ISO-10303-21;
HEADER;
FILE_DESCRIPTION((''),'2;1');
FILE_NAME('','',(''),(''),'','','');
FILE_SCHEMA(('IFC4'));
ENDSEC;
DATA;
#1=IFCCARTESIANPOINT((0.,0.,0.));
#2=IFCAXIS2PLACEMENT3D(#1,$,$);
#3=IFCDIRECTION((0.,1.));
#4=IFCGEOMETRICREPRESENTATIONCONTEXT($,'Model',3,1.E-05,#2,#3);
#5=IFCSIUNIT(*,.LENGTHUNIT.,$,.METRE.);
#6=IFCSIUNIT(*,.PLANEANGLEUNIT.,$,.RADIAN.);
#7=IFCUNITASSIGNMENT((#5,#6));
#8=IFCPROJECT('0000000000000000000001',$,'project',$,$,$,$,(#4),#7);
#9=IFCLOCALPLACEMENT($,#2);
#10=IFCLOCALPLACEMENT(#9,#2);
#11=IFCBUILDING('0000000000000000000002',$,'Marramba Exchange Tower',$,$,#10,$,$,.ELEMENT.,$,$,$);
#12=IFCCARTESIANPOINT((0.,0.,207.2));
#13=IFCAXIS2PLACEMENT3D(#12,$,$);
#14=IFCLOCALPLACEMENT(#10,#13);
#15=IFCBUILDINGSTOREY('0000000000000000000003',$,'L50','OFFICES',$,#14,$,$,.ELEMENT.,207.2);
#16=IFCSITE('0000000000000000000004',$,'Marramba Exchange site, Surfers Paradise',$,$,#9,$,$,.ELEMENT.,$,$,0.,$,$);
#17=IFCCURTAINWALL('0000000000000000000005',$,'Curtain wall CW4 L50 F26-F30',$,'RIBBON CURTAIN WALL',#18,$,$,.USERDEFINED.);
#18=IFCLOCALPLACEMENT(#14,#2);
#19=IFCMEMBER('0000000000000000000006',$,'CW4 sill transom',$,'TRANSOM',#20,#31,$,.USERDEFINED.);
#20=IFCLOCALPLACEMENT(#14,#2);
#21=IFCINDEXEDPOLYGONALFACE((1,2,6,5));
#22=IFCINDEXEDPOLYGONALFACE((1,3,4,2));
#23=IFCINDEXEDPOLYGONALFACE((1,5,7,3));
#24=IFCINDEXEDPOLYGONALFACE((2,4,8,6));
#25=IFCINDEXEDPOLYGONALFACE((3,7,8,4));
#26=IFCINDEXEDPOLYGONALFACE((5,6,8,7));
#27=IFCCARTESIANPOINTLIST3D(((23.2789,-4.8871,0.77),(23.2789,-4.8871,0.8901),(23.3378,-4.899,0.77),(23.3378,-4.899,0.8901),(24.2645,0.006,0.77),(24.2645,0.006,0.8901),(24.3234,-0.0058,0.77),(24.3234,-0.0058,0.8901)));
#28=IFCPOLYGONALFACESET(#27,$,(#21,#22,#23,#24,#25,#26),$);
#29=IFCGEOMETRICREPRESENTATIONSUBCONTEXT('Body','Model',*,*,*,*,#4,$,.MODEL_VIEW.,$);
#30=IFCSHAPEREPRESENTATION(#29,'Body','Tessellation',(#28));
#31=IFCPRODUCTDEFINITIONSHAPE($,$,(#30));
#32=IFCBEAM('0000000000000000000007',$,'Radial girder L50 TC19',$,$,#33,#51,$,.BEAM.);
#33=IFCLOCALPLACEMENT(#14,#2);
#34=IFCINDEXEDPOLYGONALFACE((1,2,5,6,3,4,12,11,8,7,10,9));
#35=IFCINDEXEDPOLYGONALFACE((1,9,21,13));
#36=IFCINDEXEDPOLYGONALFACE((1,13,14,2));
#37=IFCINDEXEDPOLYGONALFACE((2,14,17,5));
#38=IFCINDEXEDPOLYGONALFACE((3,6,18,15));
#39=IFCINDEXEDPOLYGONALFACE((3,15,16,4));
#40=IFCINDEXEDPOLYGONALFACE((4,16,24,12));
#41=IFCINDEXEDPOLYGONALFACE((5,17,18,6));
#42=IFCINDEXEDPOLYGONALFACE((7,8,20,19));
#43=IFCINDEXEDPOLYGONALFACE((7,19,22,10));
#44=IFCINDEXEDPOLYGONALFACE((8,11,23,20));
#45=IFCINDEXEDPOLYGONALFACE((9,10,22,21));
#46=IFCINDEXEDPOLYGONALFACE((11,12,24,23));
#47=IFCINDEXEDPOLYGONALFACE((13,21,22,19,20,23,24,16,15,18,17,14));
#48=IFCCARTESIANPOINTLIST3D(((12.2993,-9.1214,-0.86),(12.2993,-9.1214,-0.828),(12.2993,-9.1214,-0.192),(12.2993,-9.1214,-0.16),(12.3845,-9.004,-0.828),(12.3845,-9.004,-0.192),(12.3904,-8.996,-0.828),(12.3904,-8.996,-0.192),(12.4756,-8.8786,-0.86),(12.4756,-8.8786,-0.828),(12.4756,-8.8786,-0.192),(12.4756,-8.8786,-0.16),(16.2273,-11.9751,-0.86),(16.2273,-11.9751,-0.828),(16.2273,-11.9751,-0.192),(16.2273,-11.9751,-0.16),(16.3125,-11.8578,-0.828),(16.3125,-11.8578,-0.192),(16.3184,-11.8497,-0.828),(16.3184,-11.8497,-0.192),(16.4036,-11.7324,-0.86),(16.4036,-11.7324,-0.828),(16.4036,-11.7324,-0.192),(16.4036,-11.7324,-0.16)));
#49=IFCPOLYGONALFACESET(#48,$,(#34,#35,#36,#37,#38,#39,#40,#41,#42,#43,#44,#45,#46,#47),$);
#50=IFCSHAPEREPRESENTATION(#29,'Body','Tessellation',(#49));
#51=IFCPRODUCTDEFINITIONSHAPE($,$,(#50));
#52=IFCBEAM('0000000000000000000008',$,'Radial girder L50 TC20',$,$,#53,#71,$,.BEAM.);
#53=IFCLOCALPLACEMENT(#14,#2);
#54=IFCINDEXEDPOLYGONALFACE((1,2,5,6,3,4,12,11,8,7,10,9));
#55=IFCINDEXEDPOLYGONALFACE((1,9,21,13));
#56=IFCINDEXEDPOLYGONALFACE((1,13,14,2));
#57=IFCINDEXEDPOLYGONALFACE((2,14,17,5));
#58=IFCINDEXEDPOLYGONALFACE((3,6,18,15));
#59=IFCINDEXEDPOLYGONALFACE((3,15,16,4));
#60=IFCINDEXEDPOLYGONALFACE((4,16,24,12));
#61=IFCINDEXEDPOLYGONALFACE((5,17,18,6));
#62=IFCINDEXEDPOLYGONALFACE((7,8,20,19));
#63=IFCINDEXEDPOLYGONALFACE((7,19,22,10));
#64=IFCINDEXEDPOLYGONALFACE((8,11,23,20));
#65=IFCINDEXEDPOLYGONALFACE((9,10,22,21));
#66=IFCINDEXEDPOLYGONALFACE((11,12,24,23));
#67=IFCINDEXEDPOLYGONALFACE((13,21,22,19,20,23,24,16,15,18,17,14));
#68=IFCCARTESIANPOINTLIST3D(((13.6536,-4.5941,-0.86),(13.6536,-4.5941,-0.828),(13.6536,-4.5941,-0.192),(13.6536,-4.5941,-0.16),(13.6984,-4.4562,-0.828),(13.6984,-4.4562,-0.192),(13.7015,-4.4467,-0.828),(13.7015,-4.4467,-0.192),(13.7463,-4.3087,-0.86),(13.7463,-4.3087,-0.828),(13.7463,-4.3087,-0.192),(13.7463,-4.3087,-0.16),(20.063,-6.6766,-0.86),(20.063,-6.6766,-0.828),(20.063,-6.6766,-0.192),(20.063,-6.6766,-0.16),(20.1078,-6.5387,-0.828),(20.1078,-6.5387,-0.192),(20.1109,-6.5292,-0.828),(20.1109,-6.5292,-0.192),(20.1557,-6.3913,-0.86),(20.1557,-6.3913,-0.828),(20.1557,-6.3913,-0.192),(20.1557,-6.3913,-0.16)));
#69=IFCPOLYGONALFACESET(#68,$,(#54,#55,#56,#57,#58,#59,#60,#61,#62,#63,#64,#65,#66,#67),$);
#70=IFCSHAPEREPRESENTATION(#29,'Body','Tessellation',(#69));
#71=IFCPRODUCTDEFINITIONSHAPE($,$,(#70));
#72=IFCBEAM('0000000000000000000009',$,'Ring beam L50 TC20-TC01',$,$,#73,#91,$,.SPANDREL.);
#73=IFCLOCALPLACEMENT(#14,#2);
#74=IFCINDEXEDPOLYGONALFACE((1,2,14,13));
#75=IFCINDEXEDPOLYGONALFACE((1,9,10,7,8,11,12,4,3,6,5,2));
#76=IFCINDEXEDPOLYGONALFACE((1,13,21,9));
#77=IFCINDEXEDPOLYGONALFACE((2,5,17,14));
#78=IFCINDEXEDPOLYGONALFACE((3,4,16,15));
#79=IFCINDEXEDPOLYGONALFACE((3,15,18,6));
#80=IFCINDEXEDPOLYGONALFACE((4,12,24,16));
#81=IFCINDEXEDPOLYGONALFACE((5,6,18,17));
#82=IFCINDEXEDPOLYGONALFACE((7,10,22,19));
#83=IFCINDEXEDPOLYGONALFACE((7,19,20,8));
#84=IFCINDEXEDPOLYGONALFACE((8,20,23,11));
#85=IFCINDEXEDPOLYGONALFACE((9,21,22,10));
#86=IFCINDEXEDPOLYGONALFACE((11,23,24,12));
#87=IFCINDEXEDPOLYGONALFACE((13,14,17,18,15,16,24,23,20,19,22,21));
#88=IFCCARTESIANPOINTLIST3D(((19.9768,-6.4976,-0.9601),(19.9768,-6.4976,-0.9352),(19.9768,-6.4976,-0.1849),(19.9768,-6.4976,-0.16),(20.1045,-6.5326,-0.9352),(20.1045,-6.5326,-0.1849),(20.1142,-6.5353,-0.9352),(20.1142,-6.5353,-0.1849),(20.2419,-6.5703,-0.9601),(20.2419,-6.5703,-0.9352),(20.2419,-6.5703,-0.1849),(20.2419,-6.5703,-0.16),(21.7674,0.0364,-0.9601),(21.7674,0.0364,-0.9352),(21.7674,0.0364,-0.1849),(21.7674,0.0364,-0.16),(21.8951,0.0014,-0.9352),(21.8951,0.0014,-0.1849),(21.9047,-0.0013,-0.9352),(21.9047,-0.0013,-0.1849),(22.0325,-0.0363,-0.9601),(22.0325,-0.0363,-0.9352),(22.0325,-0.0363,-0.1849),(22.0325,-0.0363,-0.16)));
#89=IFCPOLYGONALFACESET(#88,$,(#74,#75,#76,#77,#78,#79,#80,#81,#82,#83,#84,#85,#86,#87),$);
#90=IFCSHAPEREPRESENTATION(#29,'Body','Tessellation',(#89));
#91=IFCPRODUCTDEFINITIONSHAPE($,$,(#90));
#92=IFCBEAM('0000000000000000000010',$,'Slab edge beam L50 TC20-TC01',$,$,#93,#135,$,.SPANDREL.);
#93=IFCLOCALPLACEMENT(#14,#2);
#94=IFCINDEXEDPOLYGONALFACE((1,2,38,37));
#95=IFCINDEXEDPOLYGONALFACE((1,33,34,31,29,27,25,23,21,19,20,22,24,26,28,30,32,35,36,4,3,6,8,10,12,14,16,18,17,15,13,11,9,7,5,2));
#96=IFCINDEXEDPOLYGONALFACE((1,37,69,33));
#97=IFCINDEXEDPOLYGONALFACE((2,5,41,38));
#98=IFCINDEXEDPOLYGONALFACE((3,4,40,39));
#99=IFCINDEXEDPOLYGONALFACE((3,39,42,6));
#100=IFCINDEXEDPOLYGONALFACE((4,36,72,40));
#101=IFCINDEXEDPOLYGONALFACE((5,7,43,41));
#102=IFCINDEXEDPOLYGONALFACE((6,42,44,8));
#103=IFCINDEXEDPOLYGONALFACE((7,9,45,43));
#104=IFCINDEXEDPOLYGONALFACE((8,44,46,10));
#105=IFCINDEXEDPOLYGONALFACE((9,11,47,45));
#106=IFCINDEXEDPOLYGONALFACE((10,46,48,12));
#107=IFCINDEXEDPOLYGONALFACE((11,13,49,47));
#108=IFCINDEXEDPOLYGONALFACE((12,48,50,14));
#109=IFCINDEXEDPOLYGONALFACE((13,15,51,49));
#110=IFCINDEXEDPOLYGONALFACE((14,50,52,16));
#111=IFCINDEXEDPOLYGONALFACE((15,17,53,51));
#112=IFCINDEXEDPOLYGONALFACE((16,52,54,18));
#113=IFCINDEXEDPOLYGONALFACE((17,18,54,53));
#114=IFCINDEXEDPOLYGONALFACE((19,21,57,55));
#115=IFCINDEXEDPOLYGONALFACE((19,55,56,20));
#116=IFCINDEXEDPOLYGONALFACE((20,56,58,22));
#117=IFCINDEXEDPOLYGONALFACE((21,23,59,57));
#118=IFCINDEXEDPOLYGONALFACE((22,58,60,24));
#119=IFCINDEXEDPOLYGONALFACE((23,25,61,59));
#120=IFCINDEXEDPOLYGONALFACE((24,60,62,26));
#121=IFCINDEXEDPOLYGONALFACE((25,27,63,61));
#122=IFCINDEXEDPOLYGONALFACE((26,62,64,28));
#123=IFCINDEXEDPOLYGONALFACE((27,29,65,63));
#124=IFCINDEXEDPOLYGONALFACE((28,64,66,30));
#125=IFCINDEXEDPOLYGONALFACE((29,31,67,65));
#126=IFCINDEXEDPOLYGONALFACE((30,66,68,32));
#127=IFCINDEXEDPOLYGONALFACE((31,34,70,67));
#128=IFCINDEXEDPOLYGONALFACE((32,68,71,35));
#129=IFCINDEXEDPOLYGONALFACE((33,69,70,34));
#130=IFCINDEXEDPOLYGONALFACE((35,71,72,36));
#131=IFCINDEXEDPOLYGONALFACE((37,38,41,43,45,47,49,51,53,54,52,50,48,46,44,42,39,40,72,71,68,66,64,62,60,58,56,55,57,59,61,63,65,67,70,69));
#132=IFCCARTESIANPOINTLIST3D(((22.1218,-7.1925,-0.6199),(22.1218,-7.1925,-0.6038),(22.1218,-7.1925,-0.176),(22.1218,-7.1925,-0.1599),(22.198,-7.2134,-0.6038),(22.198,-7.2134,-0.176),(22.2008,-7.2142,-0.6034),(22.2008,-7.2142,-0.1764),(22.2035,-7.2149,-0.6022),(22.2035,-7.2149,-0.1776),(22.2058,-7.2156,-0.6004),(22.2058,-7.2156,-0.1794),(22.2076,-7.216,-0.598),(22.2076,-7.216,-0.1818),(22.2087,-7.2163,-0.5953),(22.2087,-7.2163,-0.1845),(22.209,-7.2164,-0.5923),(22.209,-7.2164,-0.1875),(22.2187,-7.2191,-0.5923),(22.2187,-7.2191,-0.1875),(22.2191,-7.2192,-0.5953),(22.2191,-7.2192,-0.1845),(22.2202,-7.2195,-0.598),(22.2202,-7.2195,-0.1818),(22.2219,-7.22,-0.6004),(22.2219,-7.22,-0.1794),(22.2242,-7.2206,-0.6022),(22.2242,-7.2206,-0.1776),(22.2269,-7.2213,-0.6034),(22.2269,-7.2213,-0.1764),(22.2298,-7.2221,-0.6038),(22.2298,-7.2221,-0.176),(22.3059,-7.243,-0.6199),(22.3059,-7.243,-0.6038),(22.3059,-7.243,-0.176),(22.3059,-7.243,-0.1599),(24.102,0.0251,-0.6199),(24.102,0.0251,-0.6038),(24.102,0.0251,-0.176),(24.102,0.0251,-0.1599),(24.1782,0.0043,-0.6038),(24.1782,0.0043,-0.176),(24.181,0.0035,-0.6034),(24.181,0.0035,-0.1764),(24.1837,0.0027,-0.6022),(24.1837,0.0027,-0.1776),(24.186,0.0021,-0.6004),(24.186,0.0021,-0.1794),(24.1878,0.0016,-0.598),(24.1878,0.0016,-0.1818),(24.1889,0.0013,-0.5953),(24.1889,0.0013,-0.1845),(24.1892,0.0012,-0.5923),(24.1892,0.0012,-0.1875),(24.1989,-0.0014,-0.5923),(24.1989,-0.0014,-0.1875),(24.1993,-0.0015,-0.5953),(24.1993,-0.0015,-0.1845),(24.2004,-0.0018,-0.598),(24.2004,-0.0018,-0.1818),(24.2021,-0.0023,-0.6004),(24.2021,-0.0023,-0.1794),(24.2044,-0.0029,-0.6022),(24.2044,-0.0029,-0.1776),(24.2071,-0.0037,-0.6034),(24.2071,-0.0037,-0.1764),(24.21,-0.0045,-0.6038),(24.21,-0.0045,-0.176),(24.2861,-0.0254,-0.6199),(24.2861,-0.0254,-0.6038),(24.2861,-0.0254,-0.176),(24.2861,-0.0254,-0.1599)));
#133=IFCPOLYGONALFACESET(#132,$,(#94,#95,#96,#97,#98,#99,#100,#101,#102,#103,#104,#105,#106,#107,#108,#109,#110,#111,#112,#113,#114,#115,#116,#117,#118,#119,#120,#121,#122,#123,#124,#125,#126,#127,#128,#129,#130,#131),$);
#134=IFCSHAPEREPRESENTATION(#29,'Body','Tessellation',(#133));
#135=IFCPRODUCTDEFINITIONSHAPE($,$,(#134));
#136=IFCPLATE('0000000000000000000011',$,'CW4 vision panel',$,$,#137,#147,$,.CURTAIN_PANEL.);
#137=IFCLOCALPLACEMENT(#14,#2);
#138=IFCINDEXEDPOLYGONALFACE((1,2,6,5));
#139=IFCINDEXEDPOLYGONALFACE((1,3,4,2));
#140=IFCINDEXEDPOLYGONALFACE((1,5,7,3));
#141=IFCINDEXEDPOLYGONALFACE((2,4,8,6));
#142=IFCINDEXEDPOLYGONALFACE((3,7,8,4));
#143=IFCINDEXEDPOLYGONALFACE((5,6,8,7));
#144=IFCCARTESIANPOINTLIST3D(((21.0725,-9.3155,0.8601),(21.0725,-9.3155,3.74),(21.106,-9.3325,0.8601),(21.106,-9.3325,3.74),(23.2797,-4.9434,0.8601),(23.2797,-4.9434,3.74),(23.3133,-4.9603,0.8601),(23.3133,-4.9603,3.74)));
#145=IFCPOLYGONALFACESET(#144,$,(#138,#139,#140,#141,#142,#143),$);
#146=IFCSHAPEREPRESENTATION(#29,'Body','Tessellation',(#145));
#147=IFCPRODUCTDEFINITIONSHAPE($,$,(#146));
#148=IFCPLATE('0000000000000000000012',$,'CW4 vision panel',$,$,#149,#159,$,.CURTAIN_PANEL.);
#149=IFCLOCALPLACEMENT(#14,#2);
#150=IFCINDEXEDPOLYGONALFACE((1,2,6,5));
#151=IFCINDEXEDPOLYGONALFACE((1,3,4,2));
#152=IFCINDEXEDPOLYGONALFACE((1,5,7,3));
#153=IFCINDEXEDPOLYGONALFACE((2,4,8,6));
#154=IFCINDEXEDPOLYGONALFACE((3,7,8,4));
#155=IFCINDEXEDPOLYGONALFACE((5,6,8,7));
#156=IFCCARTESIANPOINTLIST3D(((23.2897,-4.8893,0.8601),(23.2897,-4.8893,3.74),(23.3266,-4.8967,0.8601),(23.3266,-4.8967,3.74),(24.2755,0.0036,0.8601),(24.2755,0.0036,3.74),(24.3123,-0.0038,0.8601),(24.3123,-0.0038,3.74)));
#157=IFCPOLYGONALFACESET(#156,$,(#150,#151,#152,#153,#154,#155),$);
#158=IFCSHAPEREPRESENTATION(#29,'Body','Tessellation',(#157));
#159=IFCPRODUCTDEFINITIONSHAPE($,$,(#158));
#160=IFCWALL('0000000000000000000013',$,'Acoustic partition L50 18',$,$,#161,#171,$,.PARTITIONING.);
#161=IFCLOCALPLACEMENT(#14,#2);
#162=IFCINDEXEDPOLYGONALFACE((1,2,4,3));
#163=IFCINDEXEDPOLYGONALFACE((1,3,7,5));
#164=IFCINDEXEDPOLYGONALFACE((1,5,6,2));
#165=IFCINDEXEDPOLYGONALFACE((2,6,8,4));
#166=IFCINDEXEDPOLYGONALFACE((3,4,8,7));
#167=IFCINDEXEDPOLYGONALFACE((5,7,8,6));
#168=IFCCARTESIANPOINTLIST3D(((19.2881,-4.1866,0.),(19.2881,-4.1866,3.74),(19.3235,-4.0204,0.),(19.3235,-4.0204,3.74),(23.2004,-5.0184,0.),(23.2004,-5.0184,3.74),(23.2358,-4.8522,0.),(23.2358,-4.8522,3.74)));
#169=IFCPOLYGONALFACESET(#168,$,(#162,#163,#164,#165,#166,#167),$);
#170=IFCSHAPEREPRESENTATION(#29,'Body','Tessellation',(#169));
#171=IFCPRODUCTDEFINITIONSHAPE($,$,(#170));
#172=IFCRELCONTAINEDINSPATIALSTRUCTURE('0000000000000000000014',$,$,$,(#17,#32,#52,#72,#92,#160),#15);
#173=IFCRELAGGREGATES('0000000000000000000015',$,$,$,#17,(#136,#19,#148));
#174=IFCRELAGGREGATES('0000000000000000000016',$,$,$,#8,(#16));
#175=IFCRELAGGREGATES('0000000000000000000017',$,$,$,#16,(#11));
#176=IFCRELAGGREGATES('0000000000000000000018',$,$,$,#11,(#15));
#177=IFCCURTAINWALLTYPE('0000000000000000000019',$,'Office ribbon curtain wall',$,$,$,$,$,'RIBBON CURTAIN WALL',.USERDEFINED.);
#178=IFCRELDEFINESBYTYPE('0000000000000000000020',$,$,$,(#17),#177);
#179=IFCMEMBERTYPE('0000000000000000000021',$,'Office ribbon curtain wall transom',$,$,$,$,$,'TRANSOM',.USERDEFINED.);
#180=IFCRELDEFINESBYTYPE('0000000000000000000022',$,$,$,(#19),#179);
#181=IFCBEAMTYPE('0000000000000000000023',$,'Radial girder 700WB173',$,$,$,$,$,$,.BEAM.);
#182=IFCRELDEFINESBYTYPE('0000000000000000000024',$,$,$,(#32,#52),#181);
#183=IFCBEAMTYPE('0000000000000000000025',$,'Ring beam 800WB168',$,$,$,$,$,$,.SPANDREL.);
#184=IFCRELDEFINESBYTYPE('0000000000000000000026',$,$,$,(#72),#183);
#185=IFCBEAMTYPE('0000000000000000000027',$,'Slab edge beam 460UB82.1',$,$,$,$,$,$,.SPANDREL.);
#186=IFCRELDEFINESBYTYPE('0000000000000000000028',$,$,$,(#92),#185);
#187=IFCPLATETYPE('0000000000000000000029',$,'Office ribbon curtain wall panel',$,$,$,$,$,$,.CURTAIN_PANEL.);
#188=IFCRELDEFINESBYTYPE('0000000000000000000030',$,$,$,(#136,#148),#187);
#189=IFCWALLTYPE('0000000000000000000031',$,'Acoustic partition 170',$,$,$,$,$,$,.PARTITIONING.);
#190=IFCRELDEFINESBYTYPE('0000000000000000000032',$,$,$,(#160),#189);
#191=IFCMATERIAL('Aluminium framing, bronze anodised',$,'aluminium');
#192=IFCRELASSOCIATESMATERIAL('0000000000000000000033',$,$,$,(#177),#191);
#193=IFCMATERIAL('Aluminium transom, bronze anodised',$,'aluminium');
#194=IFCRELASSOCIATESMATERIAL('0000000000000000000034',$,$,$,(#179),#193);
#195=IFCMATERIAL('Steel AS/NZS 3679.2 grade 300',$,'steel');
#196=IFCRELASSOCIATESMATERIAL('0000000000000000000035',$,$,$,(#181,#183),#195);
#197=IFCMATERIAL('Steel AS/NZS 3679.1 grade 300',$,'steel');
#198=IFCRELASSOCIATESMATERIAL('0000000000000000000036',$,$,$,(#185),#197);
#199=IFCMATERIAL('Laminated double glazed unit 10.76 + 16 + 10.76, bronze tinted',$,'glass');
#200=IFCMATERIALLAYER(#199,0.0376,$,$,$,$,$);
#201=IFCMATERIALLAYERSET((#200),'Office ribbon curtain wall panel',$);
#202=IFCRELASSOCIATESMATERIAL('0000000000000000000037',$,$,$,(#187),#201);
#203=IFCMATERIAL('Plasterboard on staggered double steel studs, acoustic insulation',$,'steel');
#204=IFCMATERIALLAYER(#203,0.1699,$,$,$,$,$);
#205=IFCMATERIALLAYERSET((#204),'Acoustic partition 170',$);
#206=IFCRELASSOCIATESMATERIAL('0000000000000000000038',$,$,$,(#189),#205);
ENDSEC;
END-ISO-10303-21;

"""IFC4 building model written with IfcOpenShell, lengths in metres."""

from ifc_helpers import new_model, si_unit, direction, frame, frame_2d, origin, origin_2d, place, context, subcontext, project, spatial, rectangle, i_section, extrude, material, layer, layer_set, material_profile, profile_set, type_object, element, aggregate, save


model = new_model("IFC4")

# Units and contexts
model_context = context("Model", 3, precision=1e-05, world=origin(), true_north=direction((0.0, 1.0)))
body_context = subcontext(model_context, "Body", "Model", "MODEL_VIEW")
ifc_project = project(units=[si_unit("LENGTHUNIT", "METRE"), si_unit("PLANEANGLEUNIT", "RADIAN")], contexts=[model_context])

# Site, building, storey
site_placement = place(None, origin())
site = spatial("IfcSite", under=ifc_project, at=site_placement, Name="Marramba Exchange site, Surfers Paradise", CompositionType="ELEMENT", RefElevation=0.0)
building_placement = place(site_placement, origin())
building = spatial("IfcBuilding", under=site, at=building_placement, Name="Marramba Exchange Tower", CompositionType="ELEMENT")
storey_placement = place(building_placement, frame((0.0, 0.0, 207.2)))
storey = spatial("IfcBuildingStorey", under=building, at=storey_placement, Name="L50", Description="OFFICES", CompositionType="ELEMENT", Elevation=207.2)

# Shared definitions
ifc_material_1 = material(Name="Steel AS/NZS 3679.2 grade 300", Category="steel")
ifc_material_2 = material(Name="Steel AS/NZS 3679.1 grade 300", Category="steel")

# Curtain wall, member
ifc_material_3 = material(Name="Aluminium framing, bronze anodised", Category="aluminium")
curtain_wall_type = type_object("IfcCurtainWallType", Name="Office ribbon curtain wall", ElementType="RIBBON CURTAIN WALL", PredefinedType="USERDEFINED", material=ifc_material_3)
curtain_wall_placement = place(storey_placement, origin())
curtain_wall = element("IfcCurtainWall", 1, at=curtain_wall_placement, inside=storey, type_object=curtain_wall_type, Name="Curtain wall CW4 L50 F26-F30", ObjectType="RIBBON CURTAIN WALL", PredefinedType="USERDEFINED")
ifc_material_4 = material(Name="Aluminium transom, bronze anodised", Category="aluminium")
ifc_material_profile_1 = material_profile(ifc_material_4, rectangle(XDim=0.0601, YDim=0.1201, at=origin_2d()), Name="CW4 transom 60x120")
ifc_profile_set_1 = profile_set([ifc_material_profile_1], Name="Aluminium transom, bronze anodised")
member_type_1 = type_object("IfcMemberType", Name="Office ribbon curtain wall transom", ElementType="TRANSOM", PredefinedType="USERDEFINED", material=ifc_profile_set_1)
member_1_placement = place(storey_placement, frame((23.3083, -4.8931, 0.8301), z_axis=(0.197461, 0.980311, 0.0), x_axis=(-0.980311, 0.197461, 0.0)))
member_1 = element("IfcMember", 2, at=member_1_placement, type_object=member_type_1, Name="CW4 sill transom", ObjectType="TRANSOM", PredefinedType="USERDEFINED", context=body_context, shape_type="SweptSolid", body=[
    extrude(rectangle(XDim=0.0601, YDim=0.1201, at=origin_2d()), origin(), (0.0, 0.0, 1.0), 4.9915),
])

# Beams
ifc_material_profile_2 = material_profile(ifc_material_1, i_section(OverallWidth=0.3, OverallDepth=0.7, WebThickness=0.01, FlangeThickness=0.032, at=origin_2d()), Name="700WB173")
ifc_profile_set_2 = profile_set([ifc_material_profile_2], Name="Steel AS/NZS 3679.2 grade 300")
beam_type_1 = type_object("IfcBeamType", Name="Radial girder 700WB173", PredefinedType="BEAM", material=ifc_profile_set_2)
beam_1_placement = place(storey_placement, frame((12.3875, -9.0, -0.51), z_axis=(0.809025, -0.587774, 0.0), x_axis=(0.587774, 0.809025, 0.0)))
element("IfcBeam", 3, at=beam_1_placement, inside=storey, type_object=beam_type_1, Name="Radial girder L50 TC19", PredefinedType="BEAM", context=body_context, shape_type="SweptSolid", body=[
    extrude(i_section(OverallWidth=0.3, OverallDepth=0.7, WebThickness=0.01, FlangeThickness=0.032, at=origin_2d()), origin(), (0.0, 0.0, 1.0), 4.8552),
])
beam_2_placement = place(storey_placement, frame((13.7, -4.4514, -0.51), z_axis=(0.951058, -0.309013, 0.0), x_axis=(0.309013, 0.951058, 0.0)))
element("IfcBeam", 4, at=beam_2_placement, inside=storey, type_object=beam_type_1, Name="Radial girder L50 TC20", PredefinedType="BEAM", context=body_context, shape_type="SweptSolid", body=[
    extrude(i_section(OverallWidth=0.3, OverallDepth=0.7, WebThickness=0.01, FlangeThickness=0.032, at=origin_2d()), origin(), (0.0, 0.0, 1.0), 6.7393),
])
ifc_material_profile_3 = material_profile(ifc_material_1, i_section(OverallWidth=0.2749, OverallDepth=0.8, WebThickness=0.01, FlangeThickness=0.0249, at=origin_2d()), Name="800WB168")
ifc_profile_set_3 = profile_set([ifc_material_profile_3], Name="Steel AS/NZS 3679.2 grade 300")
beam_type_2 = type_object("IfcBeamType", Name="Ring beam 800WB168", PredefinedType="SPANDREL", material=ifc_profile_set_3)
beam_3_placement = place(storey_placement, frame((20.1094, -6.5339, -0.5601), z_axis=(0.264291, 0.964443, 0.0), x_axis=(-0.964443, 0.264291, 0.0)))
element("IfcBeam", 5, at=beam_3_placement, inside=storey, type_object=beam_type_2, Name="Ring beam L50 TC20-TC01", PredefinedType="SPANDREL", context=body_context, shape_type="SweptSolid", body=[
    extrude(i_section(OverallWidth=0.2749, OverallDepth=0.8, WebThickness=0.01, FlangeThickness=0.0249, at=origin_2d()), origin(), (0.0, 0.0, 1.0), 6.7749),
])
ifc_material_profile_4 = material_profile(ifc_material_2, i_section(OverallWidth=0.1909, OverallDepth=0.46, WebThickness=0.01, FlangeThickness=0.0161, FilletRadius=0.0115, at=origin_2d()), Name="460UB82.1")
ifc_profile_set_4 = profile_set([ifc_material_profile_4], Name="Steel AS/NZS 3679.1 grade 300")
beam_type_3 = type_object("IfcBeamType", Name="Slab edge beam 460UB82.1", PredefinedType="SPANDREL", material=ifc_profile_set_4)
beam_4_placement = place(storey_placement, frame((22.2139, -7.2178, -0.3899), z_axis=(0.264577, 0.964365, 0.0), x_axis=(-0.964365, 0.264577, 0.0)))
element("IfcBeam", 6, at=beam_4_placement, inside=storey, type_object=beam_type_3, Name="Slab edge beam L50 TC20-TC01", PredefinedType="SPANDREL", context=body_context, shape_type="SweptSolid", body=[
    extrude(i_section(OverallWidth=0.1909, OverallDepth=0.46, WebThickness=0.01, FlangeThickness=0.0161, FilletRadius=0.0115, at=origin_2d()), origin(), (0.0, 0.0, 1.0), 7.4844),
])

# Plates
ifc_material_5 = material(Name="Laminated double glazed unit 10.76 + 16 + 10.76, bronze tinted", Category="glass")
ifc_layer_1 = layer(ifc_material_5, 0.0376)
ifc_layer_set_1 = layer_set([ifc_layer_1], Name="Office ribbon curtain wall panel")
plate_type = type_object("IfcPlateType", Name="Office ribbon curtain wall panel", PredefinedType="CURTAIN_PANEL", material=ifc_layer_set_1)
plate_1_placement = place(storey_placement, frame((22.1929, -7.1379, 0.8601), z_axis=(0.0, 0.0, 1.0), x_axis=(0.450673, 0.892689, 0.0)))
plate_1 = element("IfcPlate", 7, at=plate_1_placement, type_object=plate_type, Name="CW4 vision panel", PredefinedType="CURTAIN_PANEL", context=body_context, shape_type="SweptSolid", body=[
    extrude(rectangle(XDim=4.8977, YDim=0.0376, at=origin_2d()), origin(), (0.0, 0.0, 1.0), 2.8799),
])
plate_2_placement = place(storey_placement, frame((23.801, -2.4465, 0.8601), z_axis=(0.0, 0.0, 1.0), x_axis=(0.197495, 0.980304, 0.0)))
plate_2 = element("IfcPlate", 8, at=plate_2_placement, type_object=plate_type, Name="CW4 vision panel", PredefinedType="CURTAIN_PANEL", context=body_context, shape_type="SweptSolid", body=[
    extrude(rectangle(XDim=4.9912, YDim=0.0376, at=origin_2d()), origin(), (0.0, 0.0, 1.0), 2.8799),
])
aggregate(curtain_wall, [plate_1, member_1, plate_2])

# Wall
ifc_material_6 = material(Name="Plasterboard on staggered double steel studs, acoustic insulation", Category="steel")
ifc_layer_2 = layer(ifc_material_6, 0.1699)
ifc_layer_set_2 = layer_set([ifc_layer_2], Name="Acoustic partition 170")
wall_type_1 = type_object("IfcWallType", Name="Acoustic partition 170", PredefinedType="PARTITIONING", material=ifc_layer_set_2)
wall_1_placement = place(storey_placement, frame((19.3057, -4.1035, 0.0), z_axis=(0.0, 0.0, 1.0), x_axis=(0.978138, -0.207957, 0.0)))
element("IfcWall", 9, at=wall_1_placement, inside=storey, type_object=wall_type_1, Name="Acoustic partition L50 18", PredefinedType="PARTITIONING", context=body_context, shape_type="SweptSolid", body=[
    extrude(rectangle(XDim=3.9998, YDim=0.1699, at=frame_2d((2.0, 0.0))), origin(), (0.0, 0.0, 1.0), 3.74),
])

save(model, "model.ifc")
